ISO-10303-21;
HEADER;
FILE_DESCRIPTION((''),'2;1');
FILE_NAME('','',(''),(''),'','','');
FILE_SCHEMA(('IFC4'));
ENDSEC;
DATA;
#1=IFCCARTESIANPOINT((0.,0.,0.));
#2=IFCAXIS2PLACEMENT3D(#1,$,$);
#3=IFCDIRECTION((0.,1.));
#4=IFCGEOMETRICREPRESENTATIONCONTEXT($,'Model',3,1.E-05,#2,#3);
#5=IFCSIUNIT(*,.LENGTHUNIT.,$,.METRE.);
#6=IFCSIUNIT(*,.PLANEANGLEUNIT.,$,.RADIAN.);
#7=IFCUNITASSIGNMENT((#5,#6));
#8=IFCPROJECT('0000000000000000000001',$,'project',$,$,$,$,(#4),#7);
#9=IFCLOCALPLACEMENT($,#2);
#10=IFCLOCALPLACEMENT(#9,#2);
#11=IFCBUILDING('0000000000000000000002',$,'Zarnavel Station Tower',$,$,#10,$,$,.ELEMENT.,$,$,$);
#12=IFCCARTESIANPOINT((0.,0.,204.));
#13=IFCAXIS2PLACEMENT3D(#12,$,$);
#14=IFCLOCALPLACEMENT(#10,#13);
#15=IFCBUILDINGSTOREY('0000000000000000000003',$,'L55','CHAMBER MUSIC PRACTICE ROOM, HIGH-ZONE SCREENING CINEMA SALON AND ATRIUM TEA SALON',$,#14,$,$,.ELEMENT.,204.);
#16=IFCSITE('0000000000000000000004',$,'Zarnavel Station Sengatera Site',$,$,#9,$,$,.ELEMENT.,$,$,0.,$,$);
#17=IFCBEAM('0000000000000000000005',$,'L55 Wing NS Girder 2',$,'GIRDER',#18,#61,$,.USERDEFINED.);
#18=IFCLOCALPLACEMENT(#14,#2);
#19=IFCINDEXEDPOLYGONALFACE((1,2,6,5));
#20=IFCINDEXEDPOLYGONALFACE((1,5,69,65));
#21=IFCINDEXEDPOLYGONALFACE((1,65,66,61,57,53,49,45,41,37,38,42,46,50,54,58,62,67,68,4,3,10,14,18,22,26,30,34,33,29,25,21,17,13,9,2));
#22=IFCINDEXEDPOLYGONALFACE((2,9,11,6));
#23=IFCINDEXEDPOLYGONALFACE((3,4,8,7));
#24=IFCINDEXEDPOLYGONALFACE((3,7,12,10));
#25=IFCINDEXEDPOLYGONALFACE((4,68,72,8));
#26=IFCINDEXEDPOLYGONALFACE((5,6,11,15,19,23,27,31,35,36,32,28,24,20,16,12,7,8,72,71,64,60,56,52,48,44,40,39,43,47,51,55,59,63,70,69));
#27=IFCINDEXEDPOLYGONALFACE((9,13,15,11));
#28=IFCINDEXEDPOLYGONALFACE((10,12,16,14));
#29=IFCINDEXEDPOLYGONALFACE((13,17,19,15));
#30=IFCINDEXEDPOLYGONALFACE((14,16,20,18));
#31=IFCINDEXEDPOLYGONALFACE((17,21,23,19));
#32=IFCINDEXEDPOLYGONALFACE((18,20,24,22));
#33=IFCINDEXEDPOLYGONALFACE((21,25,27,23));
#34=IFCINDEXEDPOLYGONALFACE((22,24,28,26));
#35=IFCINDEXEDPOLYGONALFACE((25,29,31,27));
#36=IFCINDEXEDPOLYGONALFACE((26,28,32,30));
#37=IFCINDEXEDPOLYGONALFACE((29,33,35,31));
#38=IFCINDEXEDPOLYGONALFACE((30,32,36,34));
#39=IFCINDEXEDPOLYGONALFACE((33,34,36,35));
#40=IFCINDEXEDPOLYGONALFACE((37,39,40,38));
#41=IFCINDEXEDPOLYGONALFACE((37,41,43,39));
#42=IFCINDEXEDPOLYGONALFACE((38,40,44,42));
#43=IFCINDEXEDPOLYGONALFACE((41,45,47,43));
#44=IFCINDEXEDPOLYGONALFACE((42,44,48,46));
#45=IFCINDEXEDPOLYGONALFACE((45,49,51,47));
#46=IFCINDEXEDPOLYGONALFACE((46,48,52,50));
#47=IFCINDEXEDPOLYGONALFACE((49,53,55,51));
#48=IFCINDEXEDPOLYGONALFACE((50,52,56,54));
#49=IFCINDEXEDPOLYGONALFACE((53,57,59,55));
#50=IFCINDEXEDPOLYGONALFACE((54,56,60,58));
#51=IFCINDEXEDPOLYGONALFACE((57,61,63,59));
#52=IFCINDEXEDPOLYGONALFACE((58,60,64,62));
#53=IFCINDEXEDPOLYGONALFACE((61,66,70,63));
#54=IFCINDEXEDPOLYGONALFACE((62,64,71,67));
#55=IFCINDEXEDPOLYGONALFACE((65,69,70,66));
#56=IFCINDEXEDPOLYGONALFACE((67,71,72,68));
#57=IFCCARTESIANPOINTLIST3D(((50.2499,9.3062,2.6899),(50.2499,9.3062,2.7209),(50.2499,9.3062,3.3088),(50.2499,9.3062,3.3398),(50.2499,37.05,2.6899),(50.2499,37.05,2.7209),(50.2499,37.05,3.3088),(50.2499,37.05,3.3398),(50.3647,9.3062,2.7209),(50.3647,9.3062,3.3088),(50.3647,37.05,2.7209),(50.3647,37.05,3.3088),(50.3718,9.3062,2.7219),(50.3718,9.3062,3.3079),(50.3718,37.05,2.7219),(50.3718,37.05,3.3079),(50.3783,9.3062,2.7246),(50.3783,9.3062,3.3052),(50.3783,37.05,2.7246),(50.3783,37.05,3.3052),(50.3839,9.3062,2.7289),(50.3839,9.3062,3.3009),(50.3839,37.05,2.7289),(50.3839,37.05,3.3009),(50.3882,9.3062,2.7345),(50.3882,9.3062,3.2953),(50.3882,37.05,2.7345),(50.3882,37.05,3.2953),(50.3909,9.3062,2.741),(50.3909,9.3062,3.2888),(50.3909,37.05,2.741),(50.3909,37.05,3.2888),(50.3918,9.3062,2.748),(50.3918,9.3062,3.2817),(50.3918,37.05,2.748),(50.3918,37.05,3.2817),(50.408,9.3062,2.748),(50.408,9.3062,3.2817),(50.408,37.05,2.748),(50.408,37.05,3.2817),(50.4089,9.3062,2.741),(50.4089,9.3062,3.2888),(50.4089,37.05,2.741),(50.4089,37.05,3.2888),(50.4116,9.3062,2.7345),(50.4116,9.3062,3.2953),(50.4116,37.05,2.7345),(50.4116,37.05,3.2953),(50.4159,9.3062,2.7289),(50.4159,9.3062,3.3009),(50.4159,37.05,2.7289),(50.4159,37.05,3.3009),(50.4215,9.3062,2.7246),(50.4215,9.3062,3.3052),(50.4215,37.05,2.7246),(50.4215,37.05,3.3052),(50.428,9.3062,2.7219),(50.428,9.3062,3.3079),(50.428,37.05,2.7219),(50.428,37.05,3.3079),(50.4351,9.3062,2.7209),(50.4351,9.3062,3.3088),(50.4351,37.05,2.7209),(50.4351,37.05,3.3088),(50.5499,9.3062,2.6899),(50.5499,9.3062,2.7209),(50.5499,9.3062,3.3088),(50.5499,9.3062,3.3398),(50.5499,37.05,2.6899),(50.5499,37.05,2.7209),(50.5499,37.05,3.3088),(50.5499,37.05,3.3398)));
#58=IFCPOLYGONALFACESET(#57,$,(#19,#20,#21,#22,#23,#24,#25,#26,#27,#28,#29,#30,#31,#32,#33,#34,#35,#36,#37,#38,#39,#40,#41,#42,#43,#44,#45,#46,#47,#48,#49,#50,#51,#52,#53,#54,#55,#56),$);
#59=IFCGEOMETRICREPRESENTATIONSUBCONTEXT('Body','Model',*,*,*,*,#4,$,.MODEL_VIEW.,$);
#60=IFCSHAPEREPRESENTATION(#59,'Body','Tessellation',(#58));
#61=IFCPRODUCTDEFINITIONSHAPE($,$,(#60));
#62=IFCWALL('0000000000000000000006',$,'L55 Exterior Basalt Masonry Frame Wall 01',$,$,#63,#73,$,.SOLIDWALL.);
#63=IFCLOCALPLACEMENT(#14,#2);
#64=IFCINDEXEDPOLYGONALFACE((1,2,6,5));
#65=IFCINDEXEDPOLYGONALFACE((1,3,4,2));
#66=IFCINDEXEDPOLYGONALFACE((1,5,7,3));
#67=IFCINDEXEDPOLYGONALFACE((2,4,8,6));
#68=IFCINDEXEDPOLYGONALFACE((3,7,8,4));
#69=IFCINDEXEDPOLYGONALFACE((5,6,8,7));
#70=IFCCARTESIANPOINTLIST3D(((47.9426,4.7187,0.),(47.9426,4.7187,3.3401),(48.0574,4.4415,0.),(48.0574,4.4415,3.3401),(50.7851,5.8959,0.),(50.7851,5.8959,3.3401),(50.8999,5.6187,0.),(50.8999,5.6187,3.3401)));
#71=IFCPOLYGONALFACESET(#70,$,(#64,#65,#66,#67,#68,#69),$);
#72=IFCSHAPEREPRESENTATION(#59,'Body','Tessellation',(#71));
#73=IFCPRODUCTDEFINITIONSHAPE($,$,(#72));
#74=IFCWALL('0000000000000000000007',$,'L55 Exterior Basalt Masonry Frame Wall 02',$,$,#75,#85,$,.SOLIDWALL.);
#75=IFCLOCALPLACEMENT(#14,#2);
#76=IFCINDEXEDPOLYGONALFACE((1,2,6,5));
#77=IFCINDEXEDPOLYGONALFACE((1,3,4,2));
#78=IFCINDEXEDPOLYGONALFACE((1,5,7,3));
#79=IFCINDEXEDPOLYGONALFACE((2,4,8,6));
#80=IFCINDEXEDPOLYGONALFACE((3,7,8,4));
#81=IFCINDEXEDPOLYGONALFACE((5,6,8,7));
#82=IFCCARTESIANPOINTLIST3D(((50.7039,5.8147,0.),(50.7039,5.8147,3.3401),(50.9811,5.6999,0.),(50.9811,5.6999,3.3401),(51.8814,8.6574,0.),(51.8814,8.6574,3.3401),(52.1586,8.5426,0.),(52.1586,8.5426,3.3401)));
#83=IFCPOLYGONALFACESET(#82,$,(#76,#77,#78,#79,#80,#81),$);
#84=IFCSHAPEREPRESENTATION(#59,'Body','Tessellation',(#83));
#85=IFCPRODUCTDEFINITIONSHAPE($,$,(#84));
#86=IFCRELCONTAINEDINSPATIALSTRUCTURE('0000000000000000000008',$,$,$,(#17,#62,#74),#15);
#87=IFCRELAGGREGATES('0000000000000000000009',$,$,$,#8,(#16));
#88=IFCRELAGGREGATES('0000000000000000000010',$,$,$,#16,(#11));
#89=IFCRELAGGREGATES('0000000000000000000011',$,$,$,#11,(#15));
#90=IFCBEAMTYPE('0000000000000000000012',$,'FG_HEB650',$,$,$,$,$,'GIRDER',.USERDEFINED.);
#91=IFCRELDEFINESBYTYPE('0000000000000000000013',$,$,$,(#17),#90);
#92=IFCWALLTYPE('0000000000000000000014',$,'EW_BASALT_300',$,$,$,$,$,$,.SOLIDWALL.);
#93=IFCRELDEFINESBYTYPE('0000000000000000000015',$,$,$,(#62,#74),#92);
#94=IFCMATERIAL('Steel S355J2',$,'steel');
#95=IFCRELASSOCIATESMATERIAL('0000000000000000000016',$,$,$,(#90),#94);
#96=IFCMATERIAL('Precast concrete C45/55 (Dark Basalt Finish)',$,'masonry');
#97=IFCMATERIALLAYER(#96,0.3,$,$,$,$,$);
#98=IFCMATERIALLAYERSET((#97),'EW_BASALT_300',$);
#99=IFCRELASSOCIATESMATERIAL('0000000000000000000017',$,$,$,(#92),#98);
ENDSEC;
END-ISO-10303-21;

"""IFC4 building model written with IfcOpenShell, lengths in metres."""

from ifc_helpers import new_model, si_unit, direction, frame, frame_2d, origin, origin_2d, place, context, subcontext, project, spatial, rectangle, i_section, extrude, material, layer, layer_set, material_profile, profile_set, type_object, element, save


model = new_model("IFC4")

# Units and contexts
model_context = context("Model", 3, precision=1e-05, world=origin(), true_north=direction((0.0, 1.0)))
body_context = subcontext(model_context, "Body", "Model", "MODEL_VIEW")
ifc_project = project(units=[si_unit("LENGTHUNIT", "METRE"), si_unit("PLANEANGLEUNIT", "RADIAN")], contexts=[model_context])

# Site, building, storey
site_placement = place(None, origin())
site = spatial("IfcSite", under=ifc_project, at=site_placement, Name="Zarnavel Station Sengatera Site", CompositionType="ELEMENT", RefElevation=0.0)
building_placement = place(site_placement, origin())
building = spatial("IfcBuilding", under=site, at=building_placement, Name="Zarnavel Station Tower", CompositionType="ELEMENT")
storey_placement = place(building_placement, frame((0.0, 0.0, 204.0)))
storey = spatial("IfcBuildingStorey", under=building, at=storey_placement, Name="L55", Description="CHAMBER MUSIC PRACTICE ROOM, HIGH-ZONE SCREENING CINEMA SALON AND ATRIUM TEA SALON", CompositionType="ELEMENT", Elevation=204.0)

# Beam
ifc_material_1 = material(Name="Steel S355J2", Category="steel")
ifc_material_profile = material_profile(ifc_material_1, i_section(OverallWidth=0.3, OverallDepth=0.6499, WebThickness=0.0161, FlangeThickness=0.031, FilletRadius=0.0271, at=origin_2d()), Name="HEB650")
ifc_profile_set = profile_set([ifc_material_profile], Name="Steel S355J2")
beam_type = type_object("IfcBeamType", Name="FG_HEB650", ElementType="GIRDER", PredefinedType="USERDEFINED", material=ifc_profile_set)
beam_placement = place(storey_placement, frame((50.3999, 9.3062, 3.0149), z_axis=(0.0, 1.0, 0.0), x_axis=(-1.0, 0.0, 0.0)))
element("IfcBeam", 1, at=beam_placement, inside=storey, type_object=beam_type, Name="L55 Wing NS Girder 2", ObjectType="GIRDER", PredefinedType="USERDEFINED", context=body_context, shape_type="SweptSolid", body=[
    extrude(i_section(OverallWidth=0.3, OverallDepth=0.6499, WebThickness=0.0161, FlangeThickness=0.031, FilletRadius=0.0271, at=origin_2d()), origin(), (0.0, 0.0, 1.0), 27.7439),
])

# Walls
ifc_material_2 = material(Name="Precast concrete C45/55 (Dark Basalt Finish)", Category="masonry")
ifc_layer_1 = layer(ifc_material_2, 0.3)
ifc_layer_set_1 = layer_set([ifc_layer_1], Name="EW_BASALT_300")
wall_type_1 = type_object("IfcWallType", Name="EW_BASALT_300", PredefinedType="SOLIDWALL", material=ifc_layer_set_1)
wall_1_placement = place(storey_placement, frame((50.8425, 5.7573, 0.0), z_axis=(0.0, 0.0, 1.0), x_axis=(-0.923899, -0.382637, 0.0)))
element("IfcWall", 2, at=wall_1_placement, inside=storey, type_object=wall_type_1, Name="L55 Exterior Basalt Masonry Frame Wall 01", PredefinedType="SOLIDWALL", context=body_context, shape_type="SweptSolid", body=[
    extrude(rectangle(XDim=3.0767, YDim=0.3, at=frame_2d((1.5383, 0.0))), origin(), (0.0, 0.0, 1.0), 3.3401),
])
wall_2_placement = place(storey_placement, frame((52.02, 8.6001, 0.0), z_axis=(0.0, 0.0, 1.0), x_axis=(-0.382676, -0.923882, 0.0)))
element("IfcWall", 3, at=wall_2_placement, inside=storey, type_object=wall_type_1, Name="L55 Exterior Basalt Masonry Frame Wall 02", PredefinedType="SOLIDWALL", context=body_context, shape_type="SweptSolid", body=[
    extrude(rectangle(XDim=3.0769, YDim=0.3, at=frame_2d((1.5386, 0.0))), origin(), (0.0, 0.0, 1.0), 3.3401),
])

save(model, "model.ifc")
